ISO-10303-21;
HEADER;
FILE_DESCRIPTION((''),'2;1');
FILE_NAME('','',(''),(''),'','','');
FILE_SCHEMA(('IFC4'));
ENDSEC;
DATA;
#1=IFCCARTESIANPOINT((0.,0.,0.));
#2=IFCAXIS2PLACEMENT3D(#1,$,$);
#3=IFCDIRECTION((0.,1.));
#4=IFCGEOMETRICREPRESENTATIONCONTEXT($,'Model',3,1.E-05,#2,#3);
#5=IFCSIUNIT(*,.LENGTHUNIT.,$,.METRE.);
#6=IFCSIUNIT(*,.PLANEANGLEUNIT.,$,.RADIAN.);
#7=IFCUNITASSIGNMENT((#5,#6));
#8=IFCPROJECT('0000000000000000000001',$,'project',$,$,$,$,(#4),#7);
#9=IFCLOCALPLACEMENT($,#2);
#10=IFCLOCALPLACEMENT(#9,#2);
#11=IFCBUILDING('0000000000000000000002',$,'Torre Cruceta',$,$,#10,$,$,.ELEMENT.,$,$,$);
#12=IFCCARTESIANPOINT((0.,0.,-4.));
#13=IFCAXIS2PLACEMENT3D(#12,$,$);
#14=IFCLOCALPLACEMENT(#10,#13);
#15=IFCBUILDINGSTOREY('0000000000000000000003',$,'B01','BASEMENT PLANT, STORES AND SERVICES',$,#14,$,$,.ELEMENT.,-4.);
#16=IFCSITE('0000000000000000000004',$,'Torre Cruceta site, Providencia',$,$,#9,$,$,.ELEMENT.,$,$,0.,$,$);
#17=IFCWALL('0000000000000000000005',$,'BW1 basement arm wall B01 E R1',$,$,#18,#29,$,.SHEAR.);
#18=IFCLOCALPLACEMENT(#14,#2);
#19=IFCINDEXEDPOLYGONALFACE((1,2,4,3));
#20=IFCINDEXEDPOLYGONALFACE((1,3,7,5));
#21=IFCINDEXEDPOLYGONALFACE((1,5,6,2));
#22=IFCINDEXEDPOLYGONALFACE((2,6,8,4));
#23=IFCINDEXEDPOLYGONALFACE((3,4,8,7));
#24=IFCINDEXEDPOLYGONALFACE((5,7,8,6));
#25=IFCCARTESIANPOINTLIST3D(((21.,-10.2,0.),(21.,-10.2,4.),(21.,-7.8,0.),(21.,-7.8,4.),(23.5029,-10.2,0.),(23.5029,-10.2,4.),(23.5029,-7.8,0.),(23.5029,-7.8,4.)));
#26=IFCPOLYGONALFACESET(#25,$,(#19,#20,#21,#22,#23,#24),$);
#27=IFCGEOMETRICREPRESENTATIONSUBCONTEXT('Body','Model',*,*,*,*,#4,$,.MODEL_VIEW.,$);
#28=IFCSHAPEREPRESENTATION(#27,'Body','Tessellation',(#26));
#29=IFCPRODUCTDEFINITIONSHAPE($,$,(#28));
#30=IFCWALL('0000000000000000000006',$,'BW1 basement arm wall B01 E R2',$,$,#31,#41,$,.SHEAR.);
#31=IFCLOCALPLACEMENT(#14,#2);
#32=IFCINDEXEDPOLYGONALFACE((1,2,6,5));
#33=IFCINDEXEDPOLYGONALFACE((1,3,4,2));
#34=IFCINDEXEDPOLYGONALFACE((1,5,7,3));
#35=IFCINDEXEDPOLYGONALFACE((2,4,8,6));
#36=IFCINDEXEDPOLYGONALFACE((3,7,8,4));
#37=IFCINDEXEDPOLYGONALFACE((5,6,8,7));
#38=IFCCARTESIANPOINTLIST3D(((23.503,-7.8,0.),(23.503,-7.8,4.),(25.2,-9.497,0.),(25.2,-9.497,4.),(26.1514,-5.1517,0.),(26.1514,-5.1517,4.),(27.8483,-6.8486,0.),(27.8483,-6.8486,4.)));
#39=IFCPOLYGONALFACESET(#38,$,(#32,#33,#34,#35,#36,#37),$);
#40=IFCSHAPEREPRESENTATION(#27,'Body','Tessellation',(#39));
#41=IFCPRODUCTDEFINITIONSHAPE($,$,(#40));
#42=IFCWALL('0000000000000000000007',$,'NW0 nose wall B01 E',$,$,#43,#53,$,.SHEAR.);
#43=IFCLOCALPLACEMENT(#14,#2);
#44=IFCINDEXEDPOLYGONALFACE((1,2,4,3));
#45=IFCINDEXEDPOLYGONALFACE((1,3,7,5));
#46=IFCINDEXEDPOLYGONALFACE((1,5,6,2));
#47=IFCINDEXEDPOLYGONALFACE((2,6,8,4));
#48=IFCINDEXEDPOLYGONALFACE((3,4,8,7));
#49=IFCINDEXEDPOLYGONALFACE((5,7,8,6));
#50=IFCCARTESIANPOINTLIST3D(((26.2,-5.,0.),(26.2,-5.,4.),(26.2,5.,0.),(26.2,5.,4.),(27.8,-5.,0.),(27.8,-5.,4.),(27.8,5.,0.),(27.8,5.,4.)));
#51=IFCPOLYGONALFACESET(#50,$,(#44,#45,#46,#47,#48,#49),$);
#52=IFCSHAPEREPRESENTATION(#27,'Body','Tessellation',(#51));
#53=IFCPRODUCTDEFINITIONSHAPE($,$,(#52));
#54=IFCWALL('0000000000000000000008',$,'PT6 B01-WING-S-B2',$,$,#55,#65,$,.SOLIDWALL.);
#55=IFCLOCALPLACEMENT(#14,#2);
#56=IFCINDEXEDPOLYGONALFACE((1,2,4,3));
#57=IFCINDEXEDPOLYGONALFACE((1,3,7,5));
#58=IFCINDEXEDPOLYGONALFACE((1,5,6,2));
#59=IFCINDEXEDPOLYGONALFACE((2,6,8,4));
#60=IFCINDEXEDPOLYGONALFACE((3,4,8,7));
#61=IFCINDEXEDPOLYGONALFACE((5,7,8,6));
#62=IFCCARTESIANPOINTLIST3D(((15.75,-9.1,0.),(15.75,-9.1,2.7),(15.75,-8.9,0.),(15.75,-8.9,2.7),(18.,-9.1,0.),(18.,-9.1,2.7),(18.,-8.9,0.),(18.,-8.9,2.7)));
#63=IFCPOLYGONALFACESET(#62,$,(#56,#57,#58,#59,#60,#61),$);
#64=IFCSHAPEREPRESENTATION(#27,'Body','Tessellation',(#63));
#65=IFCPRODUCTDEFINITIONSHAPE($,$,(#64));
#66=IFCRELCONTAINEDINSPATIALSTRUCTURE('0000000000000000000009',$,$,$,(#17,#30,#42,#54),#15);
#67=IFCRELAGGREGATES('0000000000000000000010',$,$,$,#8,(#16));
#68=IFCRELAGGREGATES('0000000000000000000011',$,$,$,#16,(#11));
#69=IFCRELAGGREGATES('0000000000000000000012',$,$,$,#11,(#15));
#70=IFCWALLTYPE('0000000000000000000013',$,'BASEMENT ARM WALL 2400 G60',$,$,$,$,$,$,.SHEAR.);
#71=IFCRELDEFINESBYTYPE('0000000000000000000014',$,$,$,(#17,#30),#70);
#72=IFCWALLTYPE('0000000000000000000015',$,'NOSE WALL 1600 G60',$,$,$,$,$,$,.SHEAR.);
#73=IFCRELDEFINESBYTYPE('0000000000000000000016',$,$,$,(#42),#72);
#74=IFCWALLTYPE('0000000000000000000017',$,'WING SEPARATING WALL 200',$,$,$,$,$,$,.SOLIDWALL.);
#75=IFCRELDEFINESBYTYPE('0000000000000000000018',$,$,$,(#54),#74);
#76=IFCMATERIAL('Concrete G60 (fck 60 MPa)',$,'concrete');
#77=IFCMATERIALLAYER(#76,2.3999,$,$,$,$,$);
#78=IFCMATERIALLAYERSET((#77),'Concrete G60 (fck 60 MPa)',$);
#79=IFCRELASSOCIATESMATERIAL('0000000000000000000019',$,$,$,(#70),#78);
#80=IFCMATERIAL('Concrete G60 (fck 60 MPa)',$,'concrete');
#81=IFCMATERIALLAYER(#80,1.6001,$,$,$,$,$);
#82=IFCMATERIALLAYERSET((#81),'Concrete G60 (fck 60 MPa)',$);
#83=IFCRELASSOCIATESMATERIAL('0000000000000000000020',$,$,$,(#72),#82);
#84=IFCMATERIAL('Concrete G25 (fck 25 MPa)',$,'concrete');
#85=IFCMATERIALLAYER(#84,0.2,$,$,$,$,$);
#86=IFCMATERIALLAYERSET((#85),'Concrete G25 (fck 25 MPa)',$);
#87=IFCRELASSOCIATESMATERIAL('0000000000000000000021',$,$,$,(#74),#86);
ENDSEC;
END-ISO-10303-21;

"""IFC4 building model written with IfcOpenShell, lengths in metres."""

from ifc_helpers import new_model, si_unit, direction, frame, frame_2d, origin, place, context, subcontext, project, spatial, rectangle, extrude, material, layer, layer_set, type_object, element, save


model = new_model("IFC4")

# Units and contexts
model_context = context("Model", 3, precision=1e-05, world=origin(), true_north=direction((0.0, 1.0)))
body_context = subcontext(model_context, "Body", "Model", "MODEL_VIEW")
ifc_project = project(units=[si_unit("LENGTHUNIT", "METRE"), si_unit("PLANEANGLEUNIT", "RADIAN")], contexts=[model_context])

# Site, building, storey
site_placement = place(None, origin())
site = spatial("IfcSite", under=ifc_project, at=site_placement, Name="Torre Cruceta site, Providencia", CompositionType="ELEMENT", RefElevation=0.0)
building_placement = place(site_placement, origin())
building = spatial("IfcBuilding", under=site, at=building_placement, Name="Torre Cruceta", CompositionType="ELEMENT")
storey_placement = place(building_placement, frame((0.0, 0.0, -4.0)))
storey = spatial("IfcBuildingStorey", under=building, at=storey_placement, Name="B01", Description="BASEMENT PLANT, STORES AND SERVICES", CompositionType="ELEMENT", Elevation=-4.0)

# Walls
ifc_material_1 = material(Name="Concrete G60 (fck 60 MPa)", Category="concrete")
ifc_layer_1 = layer(ifc_material_1, 2.3999)
ifc_layer_set_1 = layer_set([ifc_layer_1], Name="Concrete G60 (fck 60 MPa)")
wall_type_1 = type_object("IfcWallType", Name="BASEMENT ARM WALL 2400 G60", PredefinedType="SHEAR", material=ifc_layer_set_1)
wall_1_placement = place(storey_placement, frame((21.0, -9.0, 0.0), z_axis=(0.0, 0.0, 1.0), x_axis=(1.0, 0.0, 0.0)))
element("IfcWall", 1, at=wall_1_placement, inside=storey, type_object=wall_type_1, Name="BW1 basement arm wall B01 E R1", PredefinedType="SHEAR", context=body_context, shape_type="SweptSolid", body=[
    extrude(rectangle(XDim=2.5029, YDim=2.3999, at=frame_2d((1.2515, 0.0))), origin(), (0.0, 0.0, 1.0), 4.0),
])
wall_2_placement = place(storey_placement, frame((24.3516, -8.6484, 0.0), z_axis=(0.0, 0.0, 1.0), x_axis=(0.707107, 0.707107, 0.0)))
element("IfcWall", 2, at=wall_2_placement, inside=storey, type_object=wall_type_1, Name="BW1 basement arm wall B01 E R2", PredefinedType="SHEAR", context=body_context, shape_type="SweptSolid", body=[
    extrude(rectangle(XDim=3.7454, YDim=2.3999, at=frame_2d((1.8726, 0.0))), origin(), (0.0, 0.0, 1.0), 4.0),
])
ifc_material_2 = material(Name="Concrete G60 (fck 60 MPa)", Category="concrete")
ifc_layer_2 = layer(ifc_material_2, 1.6001)
ifc_layer_set_2 = layer_set([ifc_layer_2], Name="Concrete G60 (fck 60 MPa)")
wall_type_2 = type_object("IfcWallType", Name="NOSE WALL 1600 G60", PredefinedType="SHEAR", material=ifc_layer_set_2)
wall_3_placement = place(storey_placement, frame((27.0, -5.0, 0.0), z_axis=(0.0, 0.0, 1.0), x_axis=(0.0, 1.0, 0.0)))
element("IfcWall", 3, at=wall_3_placement, inside=storey, type_object=wall_type_2, Name="NW0 nose wall B01 E", PredefinedType="SHEAR", context=body_context, shape_type="SweptSolid", body=[
    extrude(rectangle(XDim=10.0, YDim=1.6001, at=frame_2d((5.0, 0.0))), origin(), (0.0, 0.0, 1.0), 4.0),
])
ifc_material_3 = material(Name="Concrete G25 (fck 25 MPa)", Category="concrete")
ifc_layer_3 = layer(ifc_material_3, 0.2)
ifc_layer_set_3 = layer_set([ifc_layer_3], Name="Concrete G25 (fck 25 MPa)")
wall_type_3 = type_object("IfcWallType", Name="WING SEPARATING WALL 200", PredefinedType="SOLIDWALL", material=ifc_layer_set_3)
wall_4_placement = place(storey_placement, frame((18.0, -9.0, 0.0), z_axis=(0.0, 0.0, 1.0), x_axis=(-1.0, 0.0, 0.0)))
element("IfcWall", 4, at=wall_4_placement, inside=storey, type_object=wall_type_3, Name="PT6 B01-WING-S-B2", PredefinedType="SOLIDWALL", context=body_context, shape_type="SweptSolid", body=[
    extrude(rectangle(XDim=2.25, YDim=0.2, at=frame_2d((1.125, 0.0))), origin(), (0.0, 0.0, 1.0), 2.7),
])

save(model, "model.ifc")
